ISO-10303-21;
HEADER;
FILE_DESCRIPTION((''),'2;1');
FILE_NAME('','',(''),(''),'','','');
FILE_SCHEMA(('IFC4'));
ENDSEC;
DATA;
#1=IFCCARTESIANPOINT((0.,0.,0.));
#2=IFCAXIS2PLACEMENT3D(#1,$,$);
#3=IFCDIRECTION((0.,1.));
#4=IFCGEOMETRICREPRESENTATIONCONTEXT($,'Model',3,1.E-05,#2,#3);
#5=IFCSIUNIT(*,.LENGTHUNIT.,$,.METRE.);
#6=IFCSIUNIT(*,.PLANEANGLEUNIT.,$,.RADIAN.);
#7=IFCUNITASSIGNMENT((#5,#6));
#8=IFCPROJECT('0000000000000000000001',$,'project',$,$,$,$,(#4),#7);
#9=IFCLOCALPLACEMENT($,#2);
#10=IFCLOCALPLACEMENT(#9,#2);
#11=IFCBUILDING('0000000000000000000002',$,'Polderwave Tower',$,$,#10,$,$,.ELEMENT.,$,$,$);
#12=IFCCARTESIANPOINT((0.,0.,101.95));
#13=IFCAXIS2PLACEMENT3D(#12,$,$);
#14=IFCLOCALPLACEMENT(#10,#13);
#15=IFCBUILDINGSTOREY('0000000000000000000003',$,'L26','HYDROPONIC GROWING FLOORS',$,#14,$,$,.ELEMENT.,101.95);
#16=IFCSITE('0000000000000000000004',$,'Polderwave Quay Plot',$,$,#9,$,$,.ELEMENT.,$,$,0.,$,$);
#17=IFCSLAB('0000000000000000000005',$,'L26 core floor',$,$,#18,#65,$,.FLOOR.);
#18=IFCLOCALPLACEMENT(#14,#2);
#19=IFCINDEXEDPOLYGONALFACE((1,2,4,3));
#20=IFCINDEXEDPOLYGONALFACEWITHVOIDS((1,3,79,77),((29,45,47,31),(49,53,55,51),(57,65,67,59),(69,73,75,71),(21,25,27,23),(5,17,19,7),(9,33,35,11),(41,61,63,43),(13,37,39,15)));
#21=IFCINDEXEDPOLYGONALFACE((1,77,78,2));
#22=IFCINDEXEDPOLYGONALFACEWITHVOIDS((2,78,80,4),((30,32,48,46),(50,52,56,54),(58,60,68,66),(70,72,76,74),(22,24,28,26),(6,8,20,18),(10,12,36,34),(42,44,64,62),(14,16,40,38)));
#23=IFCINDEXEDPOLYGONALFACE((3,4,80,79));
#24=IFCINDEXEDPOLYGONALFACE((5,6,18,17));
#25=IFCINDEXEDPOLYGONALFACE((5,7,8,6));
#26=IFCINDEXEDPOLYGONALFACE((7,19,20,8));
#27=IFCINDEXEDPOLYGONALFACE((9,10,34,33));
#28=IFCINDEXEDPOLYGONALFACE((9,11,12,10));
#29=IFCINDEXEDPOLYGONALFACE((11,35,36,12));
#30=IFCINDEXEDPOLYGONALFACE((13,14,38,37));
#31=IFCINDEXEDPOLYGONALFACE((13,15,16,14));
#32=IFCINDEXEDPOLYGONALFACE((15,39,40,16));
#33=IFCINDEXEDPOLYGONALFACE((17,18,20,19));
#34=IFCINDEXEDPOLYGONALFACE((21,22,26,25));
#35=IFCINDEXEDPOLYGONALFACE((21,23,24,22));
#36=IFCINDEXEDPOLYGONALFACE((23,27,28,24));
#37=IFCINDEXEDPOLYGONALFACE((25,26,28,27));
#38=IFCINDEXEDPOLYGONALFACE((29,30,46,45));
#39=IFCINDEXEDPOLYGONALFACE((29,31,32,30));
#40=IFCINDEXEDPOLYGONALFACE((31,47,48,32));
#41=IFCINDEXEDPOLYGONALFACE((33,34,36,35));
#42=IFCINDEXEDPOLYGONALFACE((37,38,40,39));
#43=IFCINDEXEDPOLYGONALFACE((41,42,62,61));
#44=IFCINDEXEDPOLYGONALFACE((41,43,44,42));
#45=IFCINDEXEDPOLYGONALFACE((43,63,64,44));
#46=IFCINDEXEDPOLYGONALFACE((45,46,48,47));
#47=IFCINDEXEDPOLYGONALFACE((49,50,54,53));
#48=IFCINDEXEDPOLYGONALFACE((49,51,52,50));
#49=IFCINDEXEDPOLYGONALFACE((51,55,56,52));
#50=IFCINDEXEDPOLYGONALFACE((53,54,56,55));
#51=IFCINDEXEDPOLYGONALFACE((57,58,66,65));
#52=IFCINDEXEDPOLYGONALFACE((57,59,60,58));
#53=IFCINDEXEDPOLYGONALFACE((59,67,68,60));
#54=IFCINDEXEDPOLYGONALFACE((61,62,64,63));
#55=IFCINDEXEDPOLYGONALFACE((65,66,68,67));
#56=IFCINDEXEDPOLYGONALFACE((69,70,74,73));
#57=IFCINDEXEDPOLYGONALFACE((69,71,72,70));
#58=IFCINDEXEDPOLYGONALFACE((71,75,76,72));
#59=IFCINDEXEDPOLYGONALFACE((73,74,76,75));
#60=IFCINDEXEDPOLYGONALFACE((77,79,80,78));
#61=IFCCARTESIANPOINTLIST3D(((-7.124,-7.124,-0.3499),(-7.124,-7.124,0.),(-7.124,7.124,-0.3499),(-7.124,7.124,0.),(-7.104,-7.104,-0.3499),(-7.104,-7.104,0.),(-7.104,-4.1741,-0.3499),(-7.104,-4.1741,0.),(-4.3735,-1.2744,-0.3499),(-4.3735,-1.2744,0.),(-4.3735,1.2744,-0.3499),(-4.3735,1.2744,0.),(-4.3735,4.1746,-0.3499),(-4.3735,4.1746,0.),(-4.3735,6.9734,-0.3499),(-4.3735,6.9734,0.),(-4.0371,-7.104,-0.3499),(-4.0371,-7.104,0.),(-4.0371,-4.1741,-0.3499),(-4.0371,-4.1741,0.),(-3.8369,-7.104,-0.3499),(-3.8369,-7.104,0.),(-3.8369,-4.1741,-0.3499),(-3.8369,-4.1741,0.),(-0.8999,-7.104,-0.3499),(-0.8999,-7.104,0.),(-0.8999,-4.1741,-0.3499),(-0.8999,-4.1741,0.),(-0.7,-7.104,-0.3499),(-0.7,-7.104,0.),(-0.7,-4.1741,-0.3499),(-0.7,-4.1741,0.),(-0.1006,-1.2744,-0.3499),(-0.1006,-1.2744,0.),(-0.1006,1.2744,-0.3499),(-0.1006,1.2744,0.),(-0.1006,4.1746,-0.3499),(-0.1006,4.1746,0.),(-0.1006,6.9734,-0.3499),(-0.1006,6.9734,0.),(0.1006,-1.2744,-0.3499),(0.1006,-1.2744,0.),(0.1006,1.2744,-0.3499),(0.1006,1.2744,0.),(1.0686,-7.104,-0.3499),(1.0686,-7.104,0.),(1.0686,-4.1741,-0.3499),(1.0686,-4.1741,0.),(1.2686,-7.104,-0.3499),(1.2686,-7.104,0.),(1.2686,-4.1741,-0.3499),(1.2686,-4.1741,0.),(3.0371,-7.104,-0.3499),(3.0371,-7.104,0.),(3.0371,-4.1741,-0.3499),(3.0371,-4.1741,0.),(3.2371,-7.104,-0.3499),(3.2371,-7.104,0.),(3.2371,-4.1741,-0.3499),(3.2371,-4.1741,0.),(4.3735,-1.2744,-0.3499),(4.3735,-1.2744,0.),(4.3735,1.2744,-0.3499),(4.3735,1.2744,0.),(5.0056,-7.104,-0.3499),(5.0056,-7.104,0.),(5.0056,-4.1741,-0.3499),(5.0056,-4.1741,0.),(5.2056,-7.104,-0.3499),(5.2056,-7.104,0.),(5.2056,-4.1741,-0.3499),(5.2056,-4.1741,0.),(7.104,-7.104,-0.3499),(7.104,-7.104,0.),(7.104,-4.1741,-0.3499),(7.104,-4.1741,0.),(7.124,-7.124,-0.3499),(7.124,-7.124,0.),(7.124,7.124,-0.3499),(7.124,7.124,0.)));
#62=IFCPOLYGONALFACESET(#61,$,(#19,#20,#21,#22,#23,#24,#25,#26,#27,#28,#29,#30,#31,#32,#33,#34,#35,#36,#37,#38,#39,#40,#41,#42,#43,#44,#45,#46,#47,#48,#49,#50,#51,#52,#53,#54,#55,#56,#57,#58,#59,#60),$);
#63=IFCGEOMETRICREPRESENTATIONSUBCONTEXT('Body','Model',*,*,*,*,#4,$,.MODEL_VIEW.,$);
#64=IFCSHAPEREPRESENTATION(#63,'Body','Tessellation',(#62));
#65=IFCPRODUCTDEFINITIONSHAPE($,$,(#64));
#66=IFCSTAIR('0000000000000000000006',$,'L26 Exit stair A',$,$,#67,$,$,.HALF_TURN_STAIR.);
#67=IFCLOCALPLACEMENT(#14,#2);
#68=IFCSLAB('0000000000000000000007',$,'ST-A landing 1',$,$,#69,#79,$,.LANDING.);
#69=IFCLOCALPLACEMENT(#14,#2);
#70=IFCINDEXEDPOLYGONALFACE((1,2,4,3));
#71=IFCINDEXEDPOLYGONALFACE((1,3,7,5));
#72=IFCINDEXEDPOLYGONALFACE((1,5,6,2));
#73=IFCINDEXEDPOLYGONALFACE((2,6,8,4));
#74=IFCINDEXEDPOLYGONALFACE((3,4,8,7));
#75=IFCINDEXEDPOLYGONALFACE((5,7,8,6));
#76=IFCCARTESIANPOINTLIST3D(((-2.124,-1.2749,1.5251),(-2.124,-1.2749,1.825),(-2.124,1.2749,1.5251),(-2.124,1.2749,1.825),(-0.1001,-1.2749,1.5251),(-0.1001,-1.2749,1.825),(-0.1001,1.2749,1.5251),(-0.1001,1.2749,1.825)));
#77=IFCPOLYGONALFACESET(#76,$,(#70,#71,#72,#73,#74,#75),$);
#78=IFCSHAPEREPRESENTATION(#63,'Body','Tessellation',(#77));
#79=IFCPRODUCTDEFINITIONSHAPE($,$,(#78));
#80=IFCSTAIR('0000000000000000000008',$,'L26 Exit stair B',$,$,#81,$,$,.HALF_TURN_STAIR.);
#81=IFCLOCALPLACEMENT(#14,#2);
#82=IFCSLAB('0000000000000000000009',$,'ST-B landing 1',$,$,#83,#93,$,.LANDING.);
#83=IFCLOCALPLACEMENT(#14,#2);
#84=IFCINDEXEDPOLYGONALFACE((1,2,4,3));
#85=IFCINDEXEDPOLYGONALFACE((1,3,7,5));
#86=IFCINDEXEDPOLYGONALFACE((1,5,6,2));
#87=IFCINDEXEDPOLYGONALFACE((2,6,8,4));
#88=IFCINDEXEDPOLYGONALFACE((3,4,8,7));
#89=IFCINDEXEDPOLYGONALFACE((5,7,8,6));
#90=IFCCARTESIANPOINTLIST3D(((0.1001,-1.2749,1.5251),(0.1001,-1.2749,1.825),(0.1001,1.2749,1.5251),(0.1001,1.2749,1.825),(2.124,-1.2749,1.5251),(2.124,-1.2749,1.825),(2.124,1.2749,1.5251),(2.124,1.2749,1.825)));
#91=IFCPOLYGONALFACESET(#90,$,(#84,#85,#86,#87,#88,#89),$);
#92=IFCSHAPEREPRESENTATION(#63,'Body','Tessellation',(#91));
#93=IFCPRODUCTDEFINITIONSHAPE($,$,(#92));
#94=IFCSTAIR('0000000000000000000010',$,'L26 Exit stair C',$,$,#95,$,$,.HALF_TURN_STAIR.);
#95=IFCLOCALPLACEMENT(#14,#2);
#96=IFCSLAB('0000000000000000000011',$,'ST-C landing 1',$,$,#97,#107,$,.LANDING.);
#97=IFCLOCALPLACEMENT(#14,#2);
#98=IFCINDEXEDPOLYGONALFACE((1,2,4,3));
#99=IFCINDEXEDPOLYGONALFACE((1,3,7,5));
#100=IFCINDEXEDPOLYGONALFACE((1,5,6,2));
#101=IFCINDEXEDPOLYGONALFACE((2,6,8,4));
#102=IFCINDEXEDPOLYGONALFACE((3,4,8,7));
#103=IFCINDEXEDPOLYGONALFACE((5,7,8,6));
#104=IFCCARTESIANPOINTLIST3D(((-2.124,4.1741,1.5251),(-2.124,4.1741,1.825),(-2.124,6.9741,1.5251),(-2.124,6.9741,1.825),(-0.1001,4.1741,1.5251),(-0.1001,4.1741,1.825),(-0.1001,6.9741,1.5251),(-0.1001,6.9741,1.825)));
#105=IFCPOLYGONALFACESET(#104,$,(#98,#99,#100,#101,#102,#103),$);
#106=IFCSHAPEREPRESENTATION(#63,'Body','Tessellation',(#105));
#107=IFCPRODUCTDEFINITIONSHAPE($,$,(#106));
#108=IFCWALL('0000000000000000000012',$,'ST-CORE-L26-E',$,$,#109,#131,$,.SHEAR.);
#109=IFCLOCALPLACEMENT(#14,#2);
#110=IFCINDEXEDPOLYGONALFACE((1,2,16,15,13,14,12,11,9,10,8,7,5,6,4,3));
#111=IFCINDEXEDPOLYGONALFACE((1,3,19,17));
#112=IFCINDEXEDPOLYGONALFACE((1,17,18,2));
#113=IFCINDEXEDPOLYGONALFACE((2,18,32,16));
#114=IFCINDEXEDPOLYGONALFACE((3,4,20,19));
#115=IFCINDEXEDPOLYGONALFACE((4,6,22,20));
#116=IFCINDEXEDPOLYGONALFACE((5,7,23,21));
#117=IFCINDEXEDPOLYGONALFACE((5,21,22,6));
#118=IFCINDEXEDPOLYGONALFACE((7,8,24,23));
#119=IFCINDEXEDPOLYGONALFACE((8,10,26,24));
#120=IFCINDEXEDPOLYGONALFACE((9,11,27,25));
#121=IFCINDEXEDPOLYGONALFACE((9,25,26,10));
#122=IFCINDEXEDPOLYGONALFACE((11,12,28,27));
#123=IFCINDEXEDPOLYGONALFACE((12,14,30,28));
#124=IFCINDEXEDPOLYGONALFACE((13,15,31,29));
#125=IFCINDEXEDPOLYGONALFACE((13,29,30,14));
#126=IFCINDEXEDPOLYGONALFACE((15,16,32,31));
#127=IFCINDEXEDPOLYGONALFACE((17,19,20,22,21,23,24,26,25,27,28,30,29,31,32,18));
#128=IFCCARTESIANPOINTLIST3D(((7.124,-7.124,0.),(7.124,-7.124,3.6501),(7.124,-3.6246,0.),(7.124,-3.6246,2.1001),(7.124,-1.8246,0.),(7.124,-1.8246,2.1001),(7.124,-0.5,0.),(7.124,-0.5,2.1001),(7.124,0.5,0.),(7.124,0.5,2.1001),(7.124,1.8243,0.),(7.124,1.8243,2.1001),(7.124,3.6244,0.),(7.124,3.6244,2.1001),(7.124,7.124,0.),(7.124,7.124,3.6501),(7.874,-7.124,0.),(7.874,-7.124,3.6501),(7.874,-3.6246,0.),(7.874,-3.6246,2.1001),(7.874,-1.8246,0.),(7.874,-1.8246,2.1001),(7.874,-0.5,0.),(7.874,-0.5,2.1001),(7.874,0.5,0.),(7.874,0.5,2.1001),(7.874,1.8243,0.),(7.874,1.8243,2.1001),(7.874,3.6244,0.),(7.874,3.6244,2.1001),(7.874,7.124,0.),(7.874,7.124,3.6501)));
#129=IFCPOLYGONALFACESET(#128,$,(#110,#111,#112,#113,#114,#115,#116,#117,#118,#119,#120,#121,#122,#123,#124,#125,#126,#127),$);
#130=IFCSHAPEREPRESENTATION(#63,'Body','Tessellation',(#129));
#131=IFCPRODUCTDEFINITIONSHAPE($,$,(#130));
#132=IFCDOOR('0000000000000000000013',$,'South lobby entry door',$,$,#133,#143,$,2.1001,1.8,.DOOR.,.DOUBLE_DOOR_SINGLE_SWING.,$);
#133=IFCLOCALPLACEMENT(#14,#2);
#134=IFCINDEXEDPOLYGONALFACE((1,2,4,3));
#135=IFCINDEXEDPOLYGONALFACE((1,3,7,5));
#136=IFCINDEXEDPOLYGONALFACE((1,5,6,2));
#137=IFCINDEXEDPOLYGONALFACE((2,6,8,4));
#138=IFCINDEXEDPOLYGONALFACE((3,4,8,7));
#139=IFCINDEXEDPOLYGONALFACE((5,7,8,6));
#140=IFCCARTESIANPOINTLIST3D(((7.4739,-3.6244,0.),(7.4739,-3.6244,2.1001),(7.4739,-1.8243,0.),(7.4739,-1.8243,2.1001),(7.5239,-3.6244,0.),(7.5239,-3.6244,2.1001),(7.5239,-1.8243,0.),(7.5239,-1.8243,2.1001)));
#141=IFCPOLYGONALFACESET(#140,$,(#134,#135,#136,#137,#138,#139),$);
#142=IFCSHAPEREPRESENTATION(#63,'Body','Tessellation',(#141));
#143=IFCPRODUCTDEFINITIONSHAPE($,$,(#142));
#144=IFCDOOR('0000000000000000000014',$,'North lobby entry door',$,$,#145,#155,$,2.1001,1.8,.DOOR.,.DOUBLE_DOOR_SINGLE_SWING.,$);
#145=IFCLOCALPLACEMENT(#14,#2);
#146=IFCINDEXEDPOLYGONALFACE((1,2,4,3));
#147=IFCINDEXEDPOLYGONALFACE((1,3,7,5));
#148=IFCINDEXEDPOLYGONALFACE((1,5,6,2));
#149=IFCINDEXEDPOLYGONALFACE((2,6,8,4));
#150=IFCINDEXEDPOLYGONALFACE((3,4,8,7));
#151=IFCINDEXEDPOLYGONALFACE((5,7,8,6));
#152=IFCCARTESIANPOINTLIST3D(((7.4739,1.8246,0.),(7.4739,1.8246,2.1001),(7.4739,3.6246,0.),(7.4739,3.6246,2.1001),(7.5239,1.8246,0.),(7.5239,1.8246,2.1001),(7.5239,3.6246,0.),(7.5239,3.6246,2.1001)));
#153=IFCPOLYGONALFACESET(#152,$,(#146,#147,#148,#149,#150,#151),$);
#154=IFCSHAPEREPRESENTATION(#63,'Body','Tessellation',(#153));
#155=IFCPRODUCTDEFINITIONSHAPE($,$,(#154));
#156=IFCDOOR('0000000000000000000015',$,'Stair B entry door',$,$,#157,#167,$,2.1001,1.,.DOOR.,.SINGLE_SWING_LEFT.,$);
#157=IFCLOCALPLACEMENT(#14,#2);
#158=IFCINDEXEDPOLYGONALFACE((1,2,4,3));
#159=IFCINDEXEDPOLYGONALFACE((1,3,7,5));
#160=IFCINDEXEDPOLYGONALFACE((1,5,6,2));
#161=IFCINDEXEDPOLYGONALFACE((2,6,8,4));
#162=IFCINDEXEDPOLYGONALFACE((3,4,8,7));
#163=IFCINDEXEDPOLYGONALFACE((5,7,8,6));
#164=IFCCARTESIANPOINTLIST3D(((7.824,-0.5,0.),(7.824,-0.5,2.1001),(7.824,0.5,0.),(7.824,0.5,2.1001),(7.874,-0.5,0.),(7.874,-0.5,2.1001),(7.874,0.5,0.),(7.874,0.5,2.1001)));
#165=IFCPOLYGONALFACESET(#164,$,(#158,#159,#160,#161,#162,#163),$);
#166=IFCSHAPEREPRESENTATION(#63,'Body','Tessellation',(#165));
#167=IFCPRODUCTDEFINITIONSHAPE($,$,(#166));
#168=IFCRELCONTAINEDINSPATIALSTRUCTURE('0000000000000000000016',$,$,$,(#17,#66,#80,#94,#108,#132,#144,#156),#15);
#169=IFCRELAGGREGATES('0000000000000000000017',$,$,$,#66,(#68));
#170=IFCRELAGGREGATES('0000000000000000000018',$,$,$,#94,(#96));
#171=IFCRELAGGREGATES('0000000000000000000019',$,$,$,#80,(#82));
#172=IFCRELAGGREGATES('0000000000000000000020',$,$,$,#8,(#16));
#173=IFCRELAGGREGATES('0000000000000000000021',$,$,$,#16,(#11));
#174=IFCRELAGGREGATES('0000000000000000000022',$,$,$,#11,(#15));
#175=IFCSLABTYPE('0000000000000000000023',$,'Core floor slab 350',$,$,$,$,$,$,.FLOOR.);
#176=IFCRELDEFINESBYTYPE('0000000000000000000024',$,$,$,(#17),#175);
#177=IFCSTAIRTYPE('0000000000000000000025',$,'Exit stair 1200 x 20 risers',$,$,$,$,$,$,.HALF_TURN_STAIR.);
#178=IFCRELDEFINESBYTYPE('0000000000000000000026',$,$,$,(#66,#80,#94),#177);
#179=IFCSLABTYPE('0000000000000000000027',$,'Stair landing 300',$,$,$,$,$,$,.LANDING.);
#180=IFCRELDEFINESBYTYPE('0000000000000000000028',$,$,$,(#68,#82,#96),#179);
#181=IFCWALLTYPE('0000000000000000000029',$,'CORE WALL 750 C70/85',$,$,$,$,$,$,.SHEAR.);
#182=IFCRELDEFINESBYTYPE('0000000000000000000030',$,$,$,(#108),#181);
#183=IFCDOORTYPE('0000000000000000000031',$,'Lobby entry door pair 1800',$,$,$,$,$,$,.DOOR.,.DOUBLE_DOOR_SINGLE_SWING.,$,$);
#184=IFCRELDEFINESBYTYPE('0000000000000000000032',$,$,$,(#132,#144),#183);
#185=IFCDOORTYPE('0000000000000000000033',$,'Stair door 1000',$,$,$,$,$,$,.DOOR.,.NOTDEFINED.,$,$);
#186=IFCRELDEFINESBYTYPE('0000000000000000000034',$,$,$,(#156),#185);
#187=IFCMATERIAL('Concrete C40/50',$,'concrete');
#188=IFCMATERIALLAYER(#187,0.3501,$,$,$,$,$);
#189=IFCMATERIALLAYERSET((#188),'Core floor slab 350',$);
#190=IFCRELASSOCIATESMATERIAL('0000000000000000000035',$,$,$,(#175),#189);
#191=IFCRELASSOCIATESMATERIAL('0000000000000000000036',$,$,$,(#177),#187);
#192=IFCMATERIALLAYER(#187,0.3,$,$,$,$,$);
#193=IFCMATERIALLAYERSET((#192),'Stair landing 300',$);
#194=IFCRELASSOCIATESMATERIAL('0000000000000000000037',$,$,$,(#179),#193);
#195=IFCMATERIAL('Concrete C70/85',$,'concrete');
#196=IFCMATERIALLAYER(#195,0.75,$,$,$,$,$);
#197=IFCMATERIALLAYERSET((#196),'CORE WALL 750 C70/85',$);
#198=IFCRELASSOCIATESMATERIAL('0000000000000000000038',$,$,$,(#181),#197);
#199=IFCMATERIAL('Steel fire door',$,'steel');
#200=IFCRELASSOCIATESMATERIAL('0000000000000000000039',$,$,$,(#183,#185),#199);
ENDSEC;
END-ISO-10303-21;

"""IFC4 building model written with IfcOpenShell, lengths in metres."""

from ifc_helpers import new_model, si_unit, direction, frame, frame_2d, origin, place, context, subcontext, project, spatial, polyline, rectangle, outline, extrude, material, layer, layer_set, type_object, element, fill, aggregate, save


model = new_model("IFC4")

# Units and contexts
model_context = context("Model", 3, precision=1e-05, world=origin(), true_north=direction((0.0, 1.0)))
body_context = subcontext(model_context, "Body", "Model", "MODEL_VIEW")
ifc_project = project(units=[si_unit("LENGTHUNIT", "METRE"), si_unit("PLANEANGLEUNIT", "RADIAN")], contexts=[model_context])

# Site, building, storey
site_placement = place(None, origin())
site = spatial("IfcSite", under=ifc_project, at=site_placement, Name="Polderwave Quay Plot", CompositionType="ELEMENT", RefElevation=0.0)
building_placement = place(site_placement, origin())
building = spatial("IfcBuilding", under=site, at=building_placement, Name="Polderwave Tower", CompositionType="ELEMENT")
storey_placement = place(building_placement, frame((0.0, 0.0, 101.95)))
storey = spatial("IfcBuildingStorey", under=building, at=storey_placement, Name="L26", Description="HYDROPONIC GROWING FLOORS", CompositionType="ELEMENT", Elevation=101.95)

# Slab
ifc_material_1 = material(Name="Concrete C40/50", Category="concrete")
ifc_layer_1 = layer(ifc_material_1, 0.3501)
ifc_layer_set_1 = layer_set([ifc_layer_1], Name="Core floor slab 350")
slab_type_1 = type_object("IfcSlabType", Name="Core floor slab 350", PredefinedType="FLOOR", material=ifc_layer_set_1)
slab_1_placement = place(storey_placement, frame((0.0, 0.0, -0.3499)))
element("IfcSlab", 1, at=slab_1_placement, inside=storey, type_object=slab_type_1, Name="L26 core floor", PredefinedType="FLOOR", context=body_context, shape_type="SweptSolid", body=[
    extrude(outline(polyline([(-7.124, -7.124), (7.124, -7.124), (7.124, 7.124), (-7.124, 7.124), (-7.124, -7.124)]), holes=[polyline([(-7.104, -7.104), (-4.0371, -7.104), (-4.0371, -4.1741), (-7.104, -4.1741), (-7.104, -7.104)]), polyline([(-3.8369, -7.104), (-0.8999, -7.104), (-0.8999, -4.1741), (-3.8369, -4.1741), (-3.8369, -7.104)]), polyline([(-0.7, -7.104), (1.0686, -7.104), (1.0686, -4.1741), (-0.7, -4.1741), (-0.7, -7.104)]), polyline([(1.2686, -7.104), (3.0371, -7.104), (3.0371, -4.1741), (1.2686, -4.1741), (1.2686, -7.104)]), polyline([(3.2371, -7.104), (5.0056, -7.104), (5.0056, -4.1741), (3.2371, -4.1741), (3.2371, -7.104)]), polyline([(5.2056, -7.104), (7.104, -7.104), (7.104, -4.1741), (5.2056, -4.1741), (5.2056, -7.104)]), polyline([(-4.3735, -1.2744), (-0.1006, -1.2744), (-0.1006, 1.2744), (-4.3735, 1.2744), (-4.3735, -1.2744)]), polyline([(0.1006, -1.2744), (4.3735, -1.2744), (4.3735, 1.2744), (0.1006, 1.2744), (0.1006, -1.2744)]), polyline([(-4.3735, 4.1746), (-0.1006, 4.1746), (-0.1006, 6.9734), (-4.3735, 6.9734), (-4.3735, 4.1746)])]), origin(), (0.0, 0.0, 1.0), 0.3499),
])

# Stairs, slabs
stair_type = type_object("IfcStairType", Name="Exit stair 1200 x 20 risers", PredefinedType="HALF_TURN_STAIR", material=ifc_material_1)
stair_1_placement = place(storey_placement, origin())
stair_1 = element("IfcStair", 2, at=stair_1_placement, inside=storey, type_object=stair_type, Name="L26 Exit stair A", PredefinedType="HALF_TURN_STAIR")
ifc_layer_2 = layer(ifc_material_1, 0.3)
ifc_layer_set_2 = layer_set([ifc_layer_2], Name="Stair landing 300")
slab_type_2 = type_object("IfcSlabType", Name="Stair landing 300", PredefinedType="LANDING", material=ifc_layer_set_2)
slab_2_placement = place(storey_placement, frame((0.0, 0.0, 1.5251)))
slab_2 = element("IfcSlab", 3, at=slab_2_placement, type_object=slab_type_2, Name="ST-A landing 1", PredefinedType="LANDING", context=body_context, shape_type="SweptSolid", body=[
    extrude(outline(polyline([(-2.124, -1.2749), (-0.1001, -1.2749), (-0.1001, 1.2749), (-2.124, 1.2749), (-2.124, -1.2749)])), origin(), (0.0, 0.0, 1.0), 0.2998),
])
aggregate(stair_1, [slab_2])
stair_2_placement = place(storey_placement, origin())
stair_2 = element("IfcStair", 4, at=stair_2_placement, inside=storey, type_object=stair_type, Name="L26 Exit stair B", PredefinedType="HALF_TURN_STAIR")
slab_3_placement = place(storey_placement, frame((0.0, 0.0, 1.5251)))
slab_3 = element("IfcSlab", 5, at=slab_3_placement, type_object=slab_type_2, Name="ST-B landing 1", PredefinedType="LANDING", context=body_context, shape_type="SweptSolid", body=[
    extrude(outline(polyline([(2.124, 1.2749), (0.1001, 1.2749), (0.1001, -1.2749), (2.124, -1.2749), (2.124, 1.2749)])), origin(), (0.0, 0.0, 1.0), 0.2998),
])
stair_3_placement = place(storey_placement, origin())
stair_3 = element("IfcStair", 6, at=stair_3_placement, inside=storey, type_object=stair_type, Name="L26 Exit stair C", PredefinedType="HALF_TURN_STAIR")
slab_4_placement = place(storey_placement, frame((0.0, 0.0, 1.5251)))
slab_4 = element("IfcSlab", 7, at=slab_4_placement, type_object=slab_type_2, Name="ST-C landing 1", PredefinedType="LANDING", context=body_context, shape_type="SweptSolid", body=[
    extrude(outline(polyline([(-2.124, 4.1741), (-0.1001, 4.1741), (-0.1001, 6.9741), (-2.124, 6.9741), (-2.124, 4.1741)])), origin(), (0.0, 0.0, 1.0), 0.2998),
])
aggregate(stair_3, [slab_4])

# Wall, openings, doors
ifc_material_2 = material(Name="Concrete C70/85", Category="concrete")
ifc_layer_3 = layer(ifc_material_2, 0.75)
ifc_layer_set_3 = layer_set([ifc_layer_3], Name="CORE WALL 750 C70/85")
wall_type_1 = type_object("IfcWallType", Name="CORE WALL 750 C70/85", PredefinedType="SHEAR", material=ifc_layer_set_3)
wall_1_placement = place(storey_placement, frame((7.499, -7.124, 0.0), z_axis=(0.0, 0.0, 1.0), x_axis=(0.0, 1.0, 0.0)))
wall_1 = element("IfcWall", 8, at=wall_1_placement, inside=storey, type_object=wall_type_1, Name="ST-CORE-L26-E", PredefinedType="SHEAR", context=body_context, shape_type="SweptSolid", body=[
    extrude(rectangle(XDim=14.248, YDim=0.75, at=frame_2d((7.124, 0.0))), origin(), (0.0, 0.0, 1.0), 3.6501),
])
opening_1_placement = place(wall_1_placement, frame((6.624, 0.0, 0.0)))
opening_1 = element("IfcOpeningElement", 9, at=opening_1_placement, cuts=wall_1, PredefinedType="OPENING", context=body_context, shape_type="SweptSolid", body=[
    extrude(rectangle(XDim=1.0, YDim=2.1001, at=frame_2d((0.5, 1.05))), frame((0.0, 0.385, 0.0), z_axis=(0.0, -1.0, 0.0), x_axis=(1.0, 0.0, 0.0)), (0.0, 0.0, 1.0), 0.77),
])
opening_2_placement = place(wall_1_placement, frame((3.4995, 0.0, 0.0)))
opening_2 = element("IfcOpeningElement", 10, at=opening_2_placement, cuts=wall_1, PredefinedType="OPENING", context=body_context, shape_type="SweptSolid", body=[
    extrude(rectangle(XDim=1.8, YDim=2.1001, at=frame_2d((0.8999, 1.05))), frame((0.0, 0.385, 0.0), z_axis=(0.0, -1.0, 0.0), x_axis=(1.0, 0.0, 0.0)), (0.0, 0.0, 1.0), 0.77),
])
opening_3_placement = place(wall_1_placement, frame((8.9485, 0.0, 0.0)))
opening_3 = element("IfcOpeningElement", 11, at=opening_3_placement, cuts=wall_1, PredefinedType="OPENING", context=body_context, shape_type="SweptSolid", body=[
    extrude(rectangle(XDim=1.8, YDim=2.1001, at=frame_2d((0.8999, 1.05))), frame((0.0, 0.385, 0.0), z_axis=(0.0, -1.0, 0.0), x_axis=(1.0, 0.0, 0.0)), (0.0, 0.0, 1.0), 0.77),
])
ifc_material_3 = material(Name="Steel fire door", Category="steel")
door_type_1 = type_object("IfcDoorType", Name="Lobby entry door pair 1800", OperationType="DOUBLE_DOOR_SINGLE_SWING", PredefinedType="DOOR", material=ifc_material_3)
door_1_placement = place(opening_2_placement, frame((1.8, 0.0, 0.0), z_axis=(0.0, 0.0, 1.0), x_axis=(-1.0, 0.0, 0.0)))
door_1 = element("IfcDoor", 12, at=door_1_placement, inside=storey, type_object=door_type_1, Name="South lobby entry door", OperationType="DOUBLE_DOOR_SINGLE_SWING", OverallHeight=2.1001, OverallWidth=1.8, PredefinedType="DOOR", context=body_context, shape_type="SweptSolid", body=[
    extrude(rectangle(XDim=1.8, YDim=2.1001, at=frame_2d((0.8999, 1.05))), frame((0.0, 0.0249, 0.0), z_axis=(0.0, -1.0, 0.0), x_axis=(1.0, 0.0, 0.0)), (0.0, 0.0, 1.0), 0.05),
])
fill(opening_2, door_1)
door_2_placement = place(opening_3_placement, frame((1.8, 0.0, 0.0), z_axis=(0.0, 0.0, 1.0), x_axis=(-1.0, 0.0, 0.0)))
door_2 = element("IfcDoor", 13, at=door_2_placement, inside=storey, type_object=door_type_1, Name="North lobby entry door", OperationType="DOUBLE_DOOR_SINGLE_SWING", OverallHeight=2.1001, OverallWidth=1.8, PredefinedType="DOOR", context=body_context, shape_type="SweptSolid", body=[
    extrude(rectangle(XDim=1.8, YDim=2.1001, at=frame_2d((0.8999, 1.05))), frame((0.0, 0.0249, 0.0), z_axis=(0.0, -1.0, 0.0), x_axis=(1.0, 0.0, 0.0)), (0.0, 0.0, 1.0), 0.05),
])
fill(opening_3, door_2)
door_type_2 = type_object("IfcDoorType", Name="Stair door 1000", OperationType="NOTDEFINED", PredefinedType="DOOR", material=ifc_material_3)
door_3_placement = place(opening_1_placement, frame((1.0, 0.0, 0.0), z_axis=(0.0, 0.0, 1.0), x_axis=(-1.0, 0.0, 0.0)))
door_3 = element("IfcDoor", 14, at=door_3_placement, inside=storey, type_object=door_type_2, Name="Stair B entry door", OperationType="SINGLE_SWING_LEFT", OverallHeight=2.1001, OverallWidth=1.0, PredefinedType="DOOR", context=body_context, shape_type="SweptSolid", body=[
    extrude(rectangle(XDim=1.0, YDim=2.1001, at=frame_2d((0.5, 1.05))), frame((0.0, 0.375, 0.0), z_axis=(0.0, -1.0, 0.0), x_axis=(1.0, 0.0, 0.0)), (0.0, 0.0, 1.0), 0.05),
])
fill(opening_1, door_3)

aggregate(stair_2, [slab_3])

save(model, "model.ifc")
